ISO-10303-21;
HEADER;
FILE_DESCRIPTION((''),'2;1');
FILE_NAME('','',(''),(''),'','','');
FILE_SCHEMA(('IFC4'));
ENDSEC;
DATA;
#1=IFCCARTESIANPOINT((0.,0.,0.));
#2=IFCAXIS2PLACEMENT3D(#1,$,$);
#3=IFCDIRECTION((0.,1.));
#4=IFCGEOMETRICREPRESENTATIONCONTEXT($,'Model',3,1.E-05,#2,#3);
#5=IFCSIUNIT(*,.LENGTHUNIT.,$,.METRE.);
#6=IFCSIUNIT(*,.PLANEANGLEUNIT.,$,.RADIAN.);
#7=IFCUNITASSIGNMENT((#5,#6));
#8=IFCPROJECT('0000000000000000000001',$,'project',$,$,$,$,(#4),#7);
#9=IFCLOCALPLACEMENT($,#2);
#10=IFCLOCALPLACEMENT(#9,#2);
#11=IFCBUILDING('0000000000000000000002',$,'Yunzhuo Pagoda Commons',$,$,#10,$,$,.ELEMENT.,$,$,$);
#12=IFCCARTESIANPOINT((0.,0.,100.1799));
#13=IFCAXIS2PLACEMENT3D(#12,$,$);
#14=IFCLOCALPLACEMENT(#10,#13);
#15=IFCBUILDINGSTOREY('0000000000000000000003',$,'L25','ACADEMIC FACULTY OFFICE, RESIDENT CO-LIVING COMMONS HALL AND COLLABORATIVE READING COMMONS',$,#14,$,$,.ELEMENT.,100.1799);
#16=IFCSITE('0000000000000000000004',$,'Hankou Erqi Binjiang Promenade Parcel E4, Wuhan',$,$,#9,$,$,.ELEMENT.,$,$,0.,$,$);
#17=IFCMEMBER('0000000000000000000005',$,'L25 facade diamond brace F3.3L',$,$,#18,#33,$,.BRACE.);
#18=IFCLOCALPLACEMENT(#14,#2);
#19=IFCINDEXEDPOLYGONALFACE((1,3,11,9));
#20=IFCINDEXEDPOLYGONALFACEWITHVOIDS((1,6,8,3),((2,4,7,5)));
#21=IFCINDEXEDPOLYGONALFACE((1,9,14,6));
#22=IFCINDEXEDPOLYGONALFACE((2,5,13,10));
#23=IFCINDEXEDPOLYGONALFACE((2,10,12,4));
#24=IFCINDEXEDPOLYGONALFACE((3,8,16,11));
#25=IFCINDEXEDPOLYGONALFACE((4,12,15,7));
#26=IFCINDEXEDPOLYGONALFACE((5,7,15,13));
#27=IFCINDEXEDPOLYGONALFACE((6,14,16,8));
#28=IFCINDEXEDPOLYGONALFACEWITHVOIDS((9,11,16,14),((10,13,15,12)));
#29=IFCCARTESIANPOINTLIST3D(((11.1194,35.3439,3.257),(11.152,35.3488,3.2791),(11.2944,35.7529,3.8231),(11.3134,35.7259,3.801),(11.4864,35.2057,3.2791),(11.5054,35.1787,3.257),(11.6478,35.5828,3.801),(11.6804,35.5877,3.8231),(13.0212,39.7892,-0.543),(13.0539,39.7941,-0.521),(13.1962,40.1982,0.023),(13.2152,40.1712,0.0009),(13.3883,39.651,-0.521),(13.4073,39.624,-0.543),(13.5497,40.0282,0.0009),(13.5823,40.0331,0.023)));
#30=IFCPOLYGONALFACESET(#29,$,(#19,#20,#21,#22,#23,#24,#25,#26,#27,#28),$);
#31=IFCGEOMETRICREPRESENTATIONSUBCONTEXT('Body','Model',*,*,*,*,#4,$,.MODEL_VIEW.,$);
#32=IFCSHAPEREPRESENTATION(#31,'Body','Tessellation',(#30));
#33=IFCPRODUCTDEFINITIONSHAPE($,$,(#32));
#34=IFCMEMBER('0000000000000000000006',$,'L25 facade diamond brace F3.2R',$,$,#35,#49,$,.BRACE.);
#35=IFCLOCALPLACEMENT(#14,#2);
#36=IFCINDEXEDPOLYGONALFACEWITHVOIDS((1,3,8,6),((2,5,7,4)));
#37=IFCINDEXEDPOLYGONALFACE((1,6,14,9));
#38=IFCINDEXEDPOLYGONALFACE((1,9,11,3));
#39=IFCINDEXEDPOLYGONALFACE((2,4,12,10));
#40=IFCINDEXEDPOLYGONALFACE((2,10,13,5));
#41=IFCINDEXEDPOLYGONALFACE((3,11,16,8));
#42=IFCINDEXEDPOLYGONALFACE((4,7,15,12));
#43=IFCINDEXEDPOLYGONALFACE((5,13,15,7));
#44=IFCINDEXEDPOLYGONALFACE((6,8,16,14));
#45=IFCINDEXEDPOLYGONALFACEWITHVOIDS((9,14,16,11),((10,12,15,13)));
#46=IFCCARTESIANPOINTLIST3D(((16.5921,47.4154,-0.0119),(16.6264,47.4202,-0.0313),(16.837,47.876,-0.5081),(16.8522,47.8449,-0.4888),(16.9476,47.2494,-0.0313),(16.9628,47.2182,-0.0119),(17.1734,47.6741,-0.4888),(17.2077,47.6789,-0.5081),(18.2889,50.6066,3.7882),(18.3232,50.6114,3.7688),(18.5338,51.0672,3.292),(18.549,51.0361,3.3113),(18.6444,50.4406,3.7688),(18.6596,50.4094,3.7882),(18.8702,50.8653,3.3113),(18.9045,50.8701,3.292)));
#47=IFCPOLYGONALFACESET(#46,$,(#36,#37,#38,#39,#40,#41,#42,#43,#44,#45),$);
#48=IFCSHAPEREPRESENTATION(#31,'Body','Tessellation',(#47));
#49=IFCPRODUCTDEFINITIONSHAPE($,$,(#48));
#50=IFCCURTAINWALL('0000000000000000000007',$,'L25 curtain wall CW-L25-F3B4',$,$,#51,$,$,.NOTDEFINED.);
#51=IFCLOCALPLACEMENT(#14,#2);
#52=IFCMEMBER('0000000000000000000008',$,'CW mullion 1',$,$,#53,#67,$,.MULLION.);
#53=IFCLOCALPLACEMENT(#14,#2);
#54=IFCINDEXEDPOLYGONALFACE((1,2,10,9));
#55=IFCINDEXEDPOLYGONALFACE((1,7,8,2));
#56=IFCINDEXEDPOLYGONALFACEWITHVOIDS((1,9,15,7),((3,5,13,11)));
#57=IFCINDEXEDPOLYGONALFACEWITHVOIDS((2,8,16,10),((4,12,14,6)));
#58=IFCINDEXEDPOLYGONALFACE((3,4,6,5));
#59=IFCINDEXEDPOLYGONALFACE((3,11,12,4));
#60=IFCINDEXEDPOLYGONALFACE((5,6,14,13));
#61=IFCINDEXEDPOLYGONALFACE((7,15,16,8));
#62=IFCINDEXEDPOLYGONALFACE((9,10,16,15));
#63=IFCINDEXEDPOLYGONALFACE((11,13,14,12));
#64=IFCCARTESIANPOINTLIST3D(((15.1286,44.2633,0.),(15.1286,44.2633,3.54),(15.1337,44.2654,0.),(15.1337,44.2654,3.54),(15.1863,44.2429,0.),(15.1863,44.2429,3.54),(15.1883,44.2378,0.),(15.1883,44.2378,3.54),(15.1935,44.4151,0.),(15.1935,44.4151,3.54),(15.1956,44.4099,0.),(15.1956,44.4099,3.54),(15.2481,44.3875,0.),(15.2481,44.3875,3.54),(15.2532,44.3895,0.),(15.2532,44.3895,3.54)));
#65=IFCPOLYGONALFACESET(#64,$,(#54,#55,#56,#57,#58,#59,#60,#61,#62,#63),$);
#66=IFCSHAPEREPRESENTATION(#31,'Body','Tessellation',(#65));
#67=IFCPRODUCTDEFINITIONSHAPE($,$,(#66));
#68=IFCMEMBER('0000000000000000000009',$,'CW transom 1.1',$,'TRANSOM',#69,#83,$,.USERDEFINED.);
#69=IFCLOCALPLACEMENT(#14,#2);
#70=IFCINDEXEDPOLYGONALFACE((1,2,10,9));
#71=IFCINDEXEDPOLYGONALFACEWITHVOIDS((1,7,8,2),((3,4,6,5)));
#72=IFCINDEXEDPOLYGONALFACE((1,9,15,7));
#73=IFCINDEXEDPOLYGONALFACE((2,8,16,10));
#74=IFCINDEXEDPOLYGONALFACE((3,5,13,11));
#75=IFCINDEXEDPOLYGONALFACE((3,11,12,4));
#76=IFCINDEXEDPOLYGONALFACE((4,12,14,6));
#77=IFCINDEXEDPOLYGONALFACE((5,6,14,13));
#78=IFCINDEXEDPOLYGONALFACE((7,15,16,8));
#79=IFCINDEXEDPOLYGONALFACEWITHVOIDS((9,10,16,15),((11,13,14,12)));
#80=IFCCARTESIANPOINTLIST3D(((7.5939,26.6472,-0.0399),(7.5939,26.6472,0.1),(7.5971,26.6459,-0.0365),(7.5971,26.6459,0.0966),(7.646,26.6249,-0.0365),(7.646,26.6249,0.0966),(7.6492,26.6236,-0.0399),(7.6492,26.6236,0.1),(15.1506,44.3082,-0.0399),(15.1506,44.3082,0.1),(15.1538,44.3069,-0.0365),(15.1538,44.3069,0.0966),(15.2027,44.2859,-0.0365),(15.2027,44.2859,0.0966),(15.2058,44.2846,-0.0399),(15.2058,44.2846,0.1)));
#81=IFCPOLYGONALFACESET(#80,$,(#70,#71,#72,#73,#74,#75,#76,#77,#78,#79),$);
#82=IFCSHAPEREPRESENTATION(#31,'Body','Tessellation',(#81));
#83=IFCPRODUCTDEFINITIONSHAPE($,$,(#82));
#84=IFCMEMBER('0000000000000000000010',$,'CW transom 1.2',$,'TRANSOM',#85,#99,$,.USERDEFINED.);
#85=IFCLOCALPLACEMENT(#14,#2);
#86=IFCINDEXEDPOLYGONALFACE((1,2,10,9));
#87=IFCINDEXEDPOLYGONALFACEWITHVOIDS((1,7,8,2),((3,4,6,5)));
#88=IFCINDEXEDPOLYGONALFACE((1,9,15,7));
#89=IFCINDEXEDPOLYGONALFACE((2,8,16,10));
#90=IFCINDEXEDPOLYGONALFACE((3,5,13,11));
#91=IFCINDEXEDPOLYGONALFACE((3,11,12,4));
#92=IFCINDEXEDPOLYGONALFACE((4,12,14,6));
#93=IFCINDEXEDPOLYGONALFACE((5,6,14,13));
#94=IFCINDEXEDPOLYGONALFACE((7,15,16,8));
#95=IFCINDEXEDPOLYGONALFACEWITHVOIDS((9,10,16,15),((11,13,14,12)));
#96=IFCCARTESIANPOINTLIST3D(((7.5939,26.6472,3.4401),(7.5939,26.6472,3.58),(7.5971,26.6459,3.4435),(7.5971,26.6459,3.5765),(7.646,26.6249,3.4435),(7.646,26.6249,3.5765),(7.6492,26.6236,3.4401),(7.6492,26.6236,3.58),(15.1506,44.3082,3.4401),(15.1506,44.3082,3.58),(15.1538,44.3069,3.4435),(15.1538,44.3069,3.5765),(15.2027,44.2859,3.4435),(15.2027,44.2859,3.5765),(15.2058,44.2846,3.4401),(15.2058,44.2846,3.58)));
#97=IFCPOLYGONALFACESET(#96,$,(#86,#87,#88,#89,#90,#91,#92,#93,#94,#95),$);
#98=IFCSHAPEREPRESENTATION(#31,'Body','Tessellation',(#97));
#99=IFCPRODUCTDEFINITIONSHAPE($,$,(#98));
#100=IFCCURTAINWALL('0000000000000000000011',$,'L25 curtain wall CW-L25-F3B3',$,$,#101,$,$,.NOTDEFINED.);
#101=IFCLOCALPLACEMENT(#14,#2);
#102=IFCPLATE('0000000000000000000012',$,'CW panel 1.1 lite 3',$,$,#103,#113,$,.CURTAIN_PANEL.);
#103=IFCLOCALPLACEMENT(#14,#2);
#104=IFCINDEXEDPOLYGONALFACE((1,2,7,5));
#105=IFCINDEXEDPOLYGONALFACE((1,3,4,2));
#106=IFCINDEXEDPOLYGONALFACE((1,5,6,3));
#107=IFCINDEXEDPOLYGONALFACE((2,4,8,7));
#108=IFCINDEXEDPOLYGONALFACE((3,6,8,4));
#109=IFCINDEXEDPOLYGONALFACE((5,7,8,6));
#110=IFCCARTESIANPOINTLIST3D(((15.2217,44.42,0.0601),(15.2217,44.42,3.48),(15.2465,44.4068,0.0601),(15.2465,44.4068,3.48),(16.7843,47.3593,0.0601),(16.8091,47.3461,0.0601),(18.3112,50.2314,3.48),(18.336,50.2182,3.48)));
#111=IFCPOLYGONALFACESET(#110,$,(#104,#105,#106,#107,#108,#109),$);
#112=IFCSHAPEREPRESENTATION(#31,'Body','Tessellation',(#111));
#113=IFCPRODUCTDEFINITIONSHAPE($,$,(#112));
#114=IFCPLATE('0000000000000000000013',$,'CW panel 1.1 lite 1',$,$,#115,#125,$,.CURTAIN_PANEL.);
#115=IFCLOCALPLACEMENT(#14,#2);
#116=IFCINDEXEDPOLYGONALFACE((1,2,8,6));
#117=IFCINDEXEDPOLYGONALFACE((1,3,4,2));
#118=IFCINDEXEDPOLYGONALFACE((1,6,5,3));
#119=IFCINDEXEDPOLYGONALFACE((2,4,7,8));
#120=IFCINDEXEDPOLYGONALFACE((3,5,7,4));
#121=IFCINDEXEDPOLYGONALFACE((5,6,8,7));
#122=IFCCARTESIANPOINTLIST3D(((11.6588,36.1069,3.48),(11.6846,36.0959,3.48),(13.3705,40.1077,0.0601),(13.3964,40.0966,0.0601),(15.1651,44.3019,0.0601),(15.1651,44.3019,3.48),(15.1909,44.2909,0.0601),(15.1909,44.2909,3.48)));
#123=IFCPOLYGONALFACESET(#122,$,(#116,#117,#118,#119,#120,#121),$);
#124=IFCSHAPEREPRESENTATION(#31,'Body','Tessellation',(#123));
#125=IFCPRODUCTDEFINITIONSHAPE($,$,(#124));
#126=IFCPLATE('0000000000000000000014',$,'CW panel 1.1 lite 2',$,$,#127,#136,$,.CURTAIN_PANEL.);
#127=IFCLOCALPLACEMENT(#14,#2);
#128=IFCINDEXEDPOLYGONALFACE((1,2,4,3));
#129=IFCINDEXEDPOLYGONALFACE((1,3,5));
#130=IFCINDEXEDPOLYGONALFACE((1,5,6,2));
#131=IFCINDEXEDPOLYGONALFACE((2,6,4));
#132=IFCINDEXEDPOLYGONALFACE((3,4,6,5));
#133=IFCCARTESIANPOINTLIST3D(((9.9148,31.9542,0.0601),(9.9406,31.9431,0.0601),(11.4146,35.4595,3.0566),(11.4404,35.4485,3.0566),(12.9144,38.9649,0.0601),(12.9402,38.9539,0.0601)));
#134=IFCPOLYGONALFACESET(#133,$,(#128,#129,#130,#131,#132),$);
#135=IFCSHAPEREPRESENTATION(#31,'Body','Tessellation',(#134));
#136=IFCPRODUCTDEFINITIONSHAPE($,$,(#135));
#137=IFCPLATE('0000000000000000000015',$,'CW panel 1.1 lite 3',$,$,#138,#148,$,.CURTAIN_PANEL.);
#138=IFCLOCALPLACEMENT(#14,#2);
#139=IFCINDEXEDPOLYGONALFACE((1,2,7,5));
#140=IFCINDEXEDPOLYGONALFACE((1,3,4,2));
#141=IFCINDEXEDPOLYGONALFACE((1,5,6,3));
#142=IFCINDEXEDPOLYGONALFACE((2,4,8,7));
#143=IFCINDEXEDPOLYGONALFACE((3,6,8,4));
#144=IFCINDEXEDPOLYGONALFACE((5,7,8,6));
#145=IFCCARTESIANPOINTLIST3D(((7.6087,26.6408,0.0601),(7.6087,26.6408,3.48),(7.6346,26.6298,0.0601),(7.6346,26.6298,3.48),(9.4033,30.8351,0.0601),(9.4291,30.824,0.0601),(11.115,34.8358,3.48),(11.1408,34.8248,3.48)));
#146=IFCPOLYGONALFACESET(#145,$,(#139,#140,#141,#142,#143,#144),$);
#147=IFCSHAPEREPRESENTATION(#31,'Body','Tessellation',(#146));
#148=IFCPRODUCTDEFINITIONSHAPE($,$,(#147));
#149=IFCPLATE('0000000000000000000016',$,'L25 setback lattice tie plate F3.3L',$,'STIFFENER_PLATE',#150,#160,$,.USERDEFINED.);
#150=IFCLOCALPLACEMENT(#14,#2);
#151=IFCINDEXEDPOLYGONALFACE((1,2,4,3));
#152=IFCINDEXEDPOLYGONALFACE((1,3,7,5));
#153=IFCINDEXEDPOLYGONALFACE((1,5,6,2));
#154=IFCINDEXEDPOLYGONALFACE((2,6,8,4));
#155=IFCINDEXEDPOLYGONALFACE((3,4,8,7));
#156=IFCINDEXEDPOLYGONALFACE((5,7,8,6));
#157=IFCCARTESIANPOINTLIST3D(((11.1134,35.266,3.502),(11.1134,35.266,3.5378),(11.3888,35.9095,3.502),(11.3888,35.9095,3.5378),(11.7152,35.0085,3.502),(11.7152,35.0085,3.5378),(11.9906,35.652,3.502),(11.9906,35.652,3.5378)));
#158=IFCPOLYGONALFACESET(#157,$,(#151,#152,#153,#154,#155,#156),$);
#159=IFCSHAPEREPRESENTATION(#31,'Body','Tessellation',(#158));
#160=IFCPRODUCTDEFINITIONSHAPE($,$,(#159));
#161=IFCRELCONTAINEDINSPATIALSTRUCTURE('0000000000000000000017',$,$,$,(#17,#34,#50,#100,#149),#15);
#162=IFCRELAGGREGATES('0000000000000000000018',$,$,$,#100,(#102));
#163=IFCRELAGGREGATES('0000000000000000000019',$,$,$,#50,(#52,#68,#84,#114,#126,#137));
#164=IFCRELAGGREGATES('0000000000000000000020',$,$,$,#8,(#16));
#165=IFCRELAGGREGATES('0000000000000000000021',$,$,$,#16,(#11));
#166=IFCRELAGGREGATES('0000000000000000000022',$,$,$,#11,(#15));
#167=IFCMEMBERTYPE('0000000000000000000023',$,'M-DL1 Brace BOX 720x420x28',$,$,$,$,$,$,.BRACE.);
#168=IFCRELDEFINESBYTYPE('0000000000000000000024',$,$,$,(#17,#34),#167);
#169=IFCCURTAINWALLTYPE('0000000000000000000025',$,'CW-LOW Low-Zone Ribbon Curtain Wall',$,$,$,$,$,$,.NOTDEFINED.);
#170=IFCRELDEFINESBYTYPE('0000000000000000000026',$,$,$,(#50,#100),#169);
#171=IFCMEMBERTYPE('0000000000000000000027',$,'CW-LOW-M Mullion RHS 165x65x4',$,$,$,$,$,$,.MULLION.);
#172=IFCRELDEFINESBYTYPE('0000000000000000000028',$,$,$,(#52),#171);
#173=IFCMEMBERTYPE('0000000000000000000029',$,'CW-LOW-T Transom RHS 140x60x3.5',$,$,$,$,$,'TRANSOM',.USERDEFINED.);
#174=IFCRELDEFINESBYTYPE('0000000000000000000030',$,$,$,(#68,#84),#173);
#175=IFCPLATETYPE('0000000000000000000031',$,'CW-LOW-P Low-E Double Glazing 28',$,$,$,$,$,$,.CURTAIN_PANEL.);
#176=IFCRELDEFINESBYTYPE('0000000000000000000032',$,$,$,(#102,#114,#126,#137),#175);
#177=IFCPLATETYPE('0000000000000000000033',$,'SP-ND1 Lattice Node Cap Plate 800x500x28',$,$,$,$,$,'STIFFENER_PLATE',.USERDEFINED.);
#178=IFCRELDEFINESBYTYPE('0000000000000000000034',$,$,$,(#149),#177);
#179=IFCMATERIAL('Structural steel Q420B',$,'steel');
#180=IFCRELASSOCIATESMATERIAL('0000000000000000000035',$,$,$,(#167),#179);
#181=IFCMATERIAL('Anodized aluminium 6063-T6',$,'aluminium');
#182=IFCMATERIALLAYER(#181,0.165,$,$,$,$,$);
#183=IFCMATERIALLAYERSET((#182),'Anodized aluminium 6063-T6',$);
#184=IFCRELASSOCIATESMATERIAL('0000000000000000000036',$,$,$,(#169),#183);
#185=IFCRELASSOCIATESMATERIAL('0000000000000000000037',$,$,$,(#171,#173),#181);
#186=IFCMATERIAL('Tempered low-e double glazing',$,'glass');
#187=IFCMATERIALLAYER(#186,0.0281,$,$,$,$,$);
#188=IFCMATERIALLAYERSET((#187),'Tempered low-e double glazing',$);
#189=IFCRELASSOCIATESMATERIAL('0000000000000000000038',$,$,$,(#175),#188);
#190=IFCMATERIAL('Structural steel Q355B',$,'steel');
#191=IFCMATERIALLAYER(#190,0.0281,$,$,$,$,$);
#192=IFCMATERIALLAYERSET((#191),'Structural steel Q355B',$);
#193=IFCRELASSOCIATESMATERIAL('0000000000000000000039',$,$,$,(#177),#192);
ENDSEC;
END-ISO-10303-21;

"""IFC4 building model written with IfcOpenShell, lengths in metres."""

from ifc_helpers import new_model, si_unit, direction, frame, origin, origin_2d, place, context, subcontext, project, spatial, polyline, rectangle, hollow_rectangle, outline, extrude, source, transform, mapped, material, layer, layer_set, material_profile, profile_set, type_object, element, aggregate, save


model = new_model("IFC4")

# Units and contexts
model_context = context("Model", 3, precision=1e-05, world=origin(), true_north=direction((0.0, 1.0)))
body_context = subcontext(model_context, "Body", "Model", "MODEL_VIEW")
ifc_project = project(units=[si_unit("LENGTHUNIT", "METRE"), si_unit("PLANEANGLEUNIT", "RADIAN")], contexts=[model_context])

# Site, building, storey
site_placement = place(None, origin())
site = spatial("IfcSite", under=ifc_project, at=site_placement, Name="Hankou Erqi Binjiang Promenade Parcel E4, Wuhan", CompositionType="ELEMENT", RefElevation=0.0)
building_placement = place(site_placement, origin())
building = spatial("IfcBuilding", under=site, at=building_placement, Name="Yunzhuo Pagoda Commons", CompositionType="ELEMENT")
storey_placement = place(building_placement, frame((0.0, 0.0, 100.1799)))
storey = spatial("IfcBuildingStorey", under=building, at=storey_placement, Name="L25", Description="ACADEMIC FACULTY OFFICE, RESIDENT CO-LIVING COMMONS HALL AND COLLABORATIVE READING COMMONS", CompositionType="ELEMENT", Elevation=100.1799)

# Shared definitions
ifc_material_1 = material(Name="Structural steel Q420B", Category="steel")

# Shared definitions
ifc_material_2 = material(Name="Structural steel Q355B", Category="steel")

# Members
ifc_material_profile_1 = material_profile(ifc_material_1, hollow_rectangle(XDim=0.4199, YDim=0.72, WallThickness=0.0281, at=origin_2d()), Name="Structural steel Q420B")
ifc_profile_set_1 = profile_set([ifc_material_profile_1], Name="Structural steel Q420B")
member_type_1 = type_object("IfcMemberType", Name="M-DL1 Brace BOX 720x420x28", PredefinedType="BRACE", material=ifc_profile_set_1)
shared_shape_1 = source(origin(), body_context, "Body", "SweptSolid", [
    extrude(hollow_rectangle(XDim=0.4199, YDim=0.72, WallThickness=0.0281, at=origin_2d()), origin(), (0.0, 0.0, 1.0), 6.1497),
])
member_1_placement = place(storey_placement, frame((13.3018, 39.9111, -0.26), z_axis=(-0.309262, -0.722856, 0.617929), x_axis=(0.91939, -0.393346, 0.0)))
element("IfcMember", 1, at=member_1_placement, inside=storey, type_object=member_type_1, Name="L25 facade diamond brace F3.3L", PredefinedType="BRACE", context=body_context, shape_type="MappedRepresentation", body=[
    mapped(shared_shape_1, transform((0.0, 0.0, 0.0), scale=1.0)),
])
shared_shape_2 = source(origin(), body_context, "Body", "SweptSolid", [
    extrude(hollow_rectangle(XDim=0.4199, YDim=0.72, WallThickness=0.0281, at=origin_2d()), origin(), (0.0, 0.0, 1.0), 5.2444),
])
member_2_placement = place(storey_placement, frame((16.8999, 47.5471, -0.26), z_axis=(0.323545, 0.608498, 0.724602), x_axis=(-0.882947, 0.469473, 0.0)))
element("IfcMember", 2, at=member_2_placement, inside=storey, type_object=member_type_1, Name="L25 facade diamond brace F3.2R", PredefinedType="BRACE", context=body_context, shape_type="MappedRepresentation", body=[
    mapped(shared_shape_2, transform((0.0, 0.0, 0.0), scale=1.0)),
])

# Curtain wall, members
ifc_material_3 = material(Name="Anodized aluminium 6063-T6", Category="aluminium")
ifc_layer_1 = layer(ifc_material_3, 0.165)
ifc_layer_set_1 = layer_set([ifc_layer_1], Name="Anodized aluminium 6063-T6")
curtain_wall_type = type_object("IfcCurtainWallType", Name="CW-LOW Low-Zone Ribbon Curtain Wall", PredefinedType="NOTDEFINED", material=ifc_layer_set_1)
curtain_wall_1_placement = place(storey_placement, origin())
curtain_wall_1 = element("IfcCurtainWall", 3, at=curtain_wall_1_placement, inside=storey, type_object=curtain_wall_type, Name="L25 curtain wall CW-L25-F3B4", PredefinedType="NOTDEFINED")
ifc_material_profile_2 = material_profile(ifc_material_3, hollow_rectangle(XDim=0.0649, YDim=0.165, WallThickness=0.0039, at=origin_2d()), Name="Anodized aluminium 6063-T6")
ifc_profile_set_2 = profile_set([ifc_material_profile_2], Name="Anodized aluminium 6063-T6")
member_type_2 = type_object("IfcMemberType", Name="CW-LOW-M Mullion RHS 165x65x4", PredefinedType="MULLION", material=ifc_profile_set_2)
shared_shape_3 = source(origin(), body_context, "Body", "SweptSolid", [
    extrude(hollow_rectangle(XDim=0.0649, YDim=0.165, WallThickness=0.0039, at=origin_2d()), origin(), (0.0, 0.0, 1.0), 3.54),
])
member_3_placement = place(storey_placement, frame((15.1909, 44.3264, 0.0), z_axis=(0.0, 0.0, 1.0), x_axis=(0.919383, -0.393364, 0.0)))
member_3 = element("IfcMember", 4, at=member_3_placement, type_object=member_type_2, Name="CW mullion 1", PredefinedType="MULLION", context=body_context, shape_type="MappedRepresentation", body=[
    mapped(shared_shape_3, transform((0.0, 0.0, 0.0), scale=1.0)),
])
ifc_material_profile_3 = material_profile(ifc_material_3, hollow_rectangle(XDim=0.0601, YDim=0.1399, WallThickness=0.0034, at=origin_2d()), Name="Anodized aluminium 6063-T6")
ifc_profile_set_3 = profile_set([ifc_material_profile_3], Name="Anodized aluminium 6063-T6")
member_type_3 = type_object("IfcMemberType", Name="CW-LOW-T Transom RHS 140x60x3.5", ElementType="TRANSOM", PredefinedType="USERDEFINED", material=ifc_profile_set_3)
shared_shape_4 = source(origin(), body_context, "Body", "SweptSolid", [
    extrude(hollow_rectangle(XDim=0.0601, YDim=0.1399, WallThickness=0.0034, at=origin_2d()), origin(), (0.0, 0.0, 1.0), 19.2097),
])
member_4_placement = place(storey_placement, frame((15.1782, 44.2964, 0.03), z_axis=(-0.393378, -0.919377, 0.0), x_axis=(0.919377, -0.393378, 0.0)))
member_4 = element("IfcMember", 5, at=member_4_placement, type_object=member_type_3, Name="CW transom 1.1", ObjectType="TRANSOM", PredefinedType="USERDEFINED", context=body_context, shape_type="MappedRepresentation", body=[
    mapped(shared_shape_4, transform((0.0, 0.0, 0.0), scale=1.0)),
])
member_5_placement = place(storey_placement, frame((15.1782, 44.2964, 3.51), z_axis=(-0.393378, -0.919377, 0.0), x_axis=(0.919377, -0.393378, 0.0)))
member_5 = element("IfcMember", 6, at=member_5_placement, type_object=member_type_3, Name="CW transom 1.2", ObjectType="TRANSOM", PredefinedType="USERDEFINED", context=body_context, shape_type="MappedRepresentation", body=[
    mapped(shared_shape_4, transform((0.0, 0.0, 0.0), scale=1.0)),
])

# Curtain wall, plate
curtain_wall_2_placement = place(storey_placement, origin())
curtain_wall_2 = element("IfcCurtainWall", 7, at=curtain_wall_2_placement, inside=storey, type_object=curtain_wall_type, Name="L25 curtain wall CW-L25-F3B3", PredefinedType="NOTDEFINED")
ifc_material_4 = material(Name="Tempered low-e double glazing", Category="glass")
ifc_layer_2 = layer(ifc_material_4, 0.0281)
ifc_layer_set_2 = layer_set([ifc_layer_2], Name="Tempered low-e double glazing")
plate_type_1 = type_object("IfcPlateType", Name="CW-LOW-P Low-E Double Glazing 28", PredefinedType="CURTAIN_PANEL", material=ifc_layer_set_2)
plate_1_placement = place(storey_placement, frame((16.7913, 47.3125, 1.77), z_axis=(-0.882976, 0.469418, 0.0), x_axis=(-0.469418, -0.882976, 0.0)))
plate_1 = element("IfcPlate", 8, at=plate_1_placement, type_object=plate_type_1, Name="CW panel 1.1 lite 3", PredefinedType="CURTAIN_PANEL", context=body_context, shape_type="SweptSolid", body=[
    extrude(outline(polyline([(-3.2908, 1.71), (-0.0381, -1.71), (3.2908, -1.71), (3.2908, 1.71), (-3.2908, 1.71)])), origin(), (0.0, 0.0, 1.0), 0.0281),
])
aggregate(curtain_wall_2, [plate_1])

# Plates
plate_2_placement = place(storey_placement, frame((13.4377, 40.1934, 1.77), z_axis=(-0.919383, 0.393364, 0.0), x_axis=(-0.393364, -0.919383, 0.0)))
plate_2 = element("IfcPlate", 9, at=plate_2_placement, type_object=plate_type_1, Name="CW panel 1.1 lite 1", PredefinedType="CURTAIN_PANEL", context=body_context, shape_type="SweptSolid", body=[
    extrude(outline(polyline([(-4.4568, -1.71), (0.1052, -1.71), (4.4568, 1.71), (-4.4568, 1.71), (-4.4568, -1.71)])), origin(), (0.0, 0.0, 1.0), 0.0281),
])
plate_3_placement = place(storey_placement, frame((11.4404, 35.4485, 1.5583), z_axis=(-0.919383, 0.393364, 0.0), x_axis=(-0.393364, -0.919383, 0.0)))
plate_3 = element("IfcPlate", 10, at=plate_3_placement, type_object=plate_type_1, Name="CW panel 1.1 lite 2", PredefinedType="CURTAIN_PANEL", context=body_context, shape_type="SweptSolid", body=[
    extrude(outline(polyline([(-3.8127, -1.4983), (3.8127, -1.4983), (0.0, 1.4983), (-3.8127, -1.4983)])), origin(), (0.0, 0.0, 1.0), 0.0281),
])
plate_4_placement = place(storey_placement, frame((9.3877, 30.7273, 1.77), z_axis=(-0.919383, 0.393364, 0.0), x_axis=(-0.393364, -0.919383, 0.0)))
plate_4 = element("IfcPlate", 11, at=plate_4_placement, type_object=plate_type_1, Name="CW panel 1.1 lite 3", PredefinedType="CURTAIN_PANEL", context=body_context, shape_type="SweptSolid", body=[
    extrude(outline(polyline([(-4.4568, 1.71), (-0.1052, -1.71), (4.4568, -1.71), (4.4568, 1.71), (-4.4568, 1.71)])), origin(), (0.0, 0.0, 1.0), 0.0281),
])
aggregate(curtain_wall_1, [member_3, member_4, member_5, plate_2, plate_3, plate_4])
ifc_layer_3 = layer(ifc_material_2, 0.0281)
ifc_layer_set_3 = layer_set([ifc_layer_3], Name="Structural steel Q355B")
plate_type_2 = type_object("IfcPlateType", Name="SP-ND1 Lattice Node Cap Plate 800x500x28", ElementType="STIFFENER_PLATE", PredefinedType="USERDEFINED", material=ifc_layer_set_3)
shared_shape_5 = source(origin(), body_context, "Body", "SweptSolid", [
    extrude(rectangle(XDim=0.7, YDim=0.6545, at=origin_2d()), origin(), (0.0, 0.0, 1.0), 0.0359),
])
plate_5_placement = place(storey_placement, frame((11.552, 35.459, 3.502), z_axis=(0.0, 0.0, 1.0), x_axis=(-0.393364, -0.919383, 0.0)))
element("IfcPlate", 12, at=plate_5_placement, inside=storey, type_object=plate_type_2, Name="L25 setback lattice tie plate F3.3L", ObjectType="STIFFENER_PLATE", PredefinedType="USERDEFINED", context=body_context, shape_type="MappedRepresentation", body=[
    mapped(shared_shape_5, transform((0.0, 0.0, 0.0), scale=1.0)),
])

save(model, "model.ifc")
